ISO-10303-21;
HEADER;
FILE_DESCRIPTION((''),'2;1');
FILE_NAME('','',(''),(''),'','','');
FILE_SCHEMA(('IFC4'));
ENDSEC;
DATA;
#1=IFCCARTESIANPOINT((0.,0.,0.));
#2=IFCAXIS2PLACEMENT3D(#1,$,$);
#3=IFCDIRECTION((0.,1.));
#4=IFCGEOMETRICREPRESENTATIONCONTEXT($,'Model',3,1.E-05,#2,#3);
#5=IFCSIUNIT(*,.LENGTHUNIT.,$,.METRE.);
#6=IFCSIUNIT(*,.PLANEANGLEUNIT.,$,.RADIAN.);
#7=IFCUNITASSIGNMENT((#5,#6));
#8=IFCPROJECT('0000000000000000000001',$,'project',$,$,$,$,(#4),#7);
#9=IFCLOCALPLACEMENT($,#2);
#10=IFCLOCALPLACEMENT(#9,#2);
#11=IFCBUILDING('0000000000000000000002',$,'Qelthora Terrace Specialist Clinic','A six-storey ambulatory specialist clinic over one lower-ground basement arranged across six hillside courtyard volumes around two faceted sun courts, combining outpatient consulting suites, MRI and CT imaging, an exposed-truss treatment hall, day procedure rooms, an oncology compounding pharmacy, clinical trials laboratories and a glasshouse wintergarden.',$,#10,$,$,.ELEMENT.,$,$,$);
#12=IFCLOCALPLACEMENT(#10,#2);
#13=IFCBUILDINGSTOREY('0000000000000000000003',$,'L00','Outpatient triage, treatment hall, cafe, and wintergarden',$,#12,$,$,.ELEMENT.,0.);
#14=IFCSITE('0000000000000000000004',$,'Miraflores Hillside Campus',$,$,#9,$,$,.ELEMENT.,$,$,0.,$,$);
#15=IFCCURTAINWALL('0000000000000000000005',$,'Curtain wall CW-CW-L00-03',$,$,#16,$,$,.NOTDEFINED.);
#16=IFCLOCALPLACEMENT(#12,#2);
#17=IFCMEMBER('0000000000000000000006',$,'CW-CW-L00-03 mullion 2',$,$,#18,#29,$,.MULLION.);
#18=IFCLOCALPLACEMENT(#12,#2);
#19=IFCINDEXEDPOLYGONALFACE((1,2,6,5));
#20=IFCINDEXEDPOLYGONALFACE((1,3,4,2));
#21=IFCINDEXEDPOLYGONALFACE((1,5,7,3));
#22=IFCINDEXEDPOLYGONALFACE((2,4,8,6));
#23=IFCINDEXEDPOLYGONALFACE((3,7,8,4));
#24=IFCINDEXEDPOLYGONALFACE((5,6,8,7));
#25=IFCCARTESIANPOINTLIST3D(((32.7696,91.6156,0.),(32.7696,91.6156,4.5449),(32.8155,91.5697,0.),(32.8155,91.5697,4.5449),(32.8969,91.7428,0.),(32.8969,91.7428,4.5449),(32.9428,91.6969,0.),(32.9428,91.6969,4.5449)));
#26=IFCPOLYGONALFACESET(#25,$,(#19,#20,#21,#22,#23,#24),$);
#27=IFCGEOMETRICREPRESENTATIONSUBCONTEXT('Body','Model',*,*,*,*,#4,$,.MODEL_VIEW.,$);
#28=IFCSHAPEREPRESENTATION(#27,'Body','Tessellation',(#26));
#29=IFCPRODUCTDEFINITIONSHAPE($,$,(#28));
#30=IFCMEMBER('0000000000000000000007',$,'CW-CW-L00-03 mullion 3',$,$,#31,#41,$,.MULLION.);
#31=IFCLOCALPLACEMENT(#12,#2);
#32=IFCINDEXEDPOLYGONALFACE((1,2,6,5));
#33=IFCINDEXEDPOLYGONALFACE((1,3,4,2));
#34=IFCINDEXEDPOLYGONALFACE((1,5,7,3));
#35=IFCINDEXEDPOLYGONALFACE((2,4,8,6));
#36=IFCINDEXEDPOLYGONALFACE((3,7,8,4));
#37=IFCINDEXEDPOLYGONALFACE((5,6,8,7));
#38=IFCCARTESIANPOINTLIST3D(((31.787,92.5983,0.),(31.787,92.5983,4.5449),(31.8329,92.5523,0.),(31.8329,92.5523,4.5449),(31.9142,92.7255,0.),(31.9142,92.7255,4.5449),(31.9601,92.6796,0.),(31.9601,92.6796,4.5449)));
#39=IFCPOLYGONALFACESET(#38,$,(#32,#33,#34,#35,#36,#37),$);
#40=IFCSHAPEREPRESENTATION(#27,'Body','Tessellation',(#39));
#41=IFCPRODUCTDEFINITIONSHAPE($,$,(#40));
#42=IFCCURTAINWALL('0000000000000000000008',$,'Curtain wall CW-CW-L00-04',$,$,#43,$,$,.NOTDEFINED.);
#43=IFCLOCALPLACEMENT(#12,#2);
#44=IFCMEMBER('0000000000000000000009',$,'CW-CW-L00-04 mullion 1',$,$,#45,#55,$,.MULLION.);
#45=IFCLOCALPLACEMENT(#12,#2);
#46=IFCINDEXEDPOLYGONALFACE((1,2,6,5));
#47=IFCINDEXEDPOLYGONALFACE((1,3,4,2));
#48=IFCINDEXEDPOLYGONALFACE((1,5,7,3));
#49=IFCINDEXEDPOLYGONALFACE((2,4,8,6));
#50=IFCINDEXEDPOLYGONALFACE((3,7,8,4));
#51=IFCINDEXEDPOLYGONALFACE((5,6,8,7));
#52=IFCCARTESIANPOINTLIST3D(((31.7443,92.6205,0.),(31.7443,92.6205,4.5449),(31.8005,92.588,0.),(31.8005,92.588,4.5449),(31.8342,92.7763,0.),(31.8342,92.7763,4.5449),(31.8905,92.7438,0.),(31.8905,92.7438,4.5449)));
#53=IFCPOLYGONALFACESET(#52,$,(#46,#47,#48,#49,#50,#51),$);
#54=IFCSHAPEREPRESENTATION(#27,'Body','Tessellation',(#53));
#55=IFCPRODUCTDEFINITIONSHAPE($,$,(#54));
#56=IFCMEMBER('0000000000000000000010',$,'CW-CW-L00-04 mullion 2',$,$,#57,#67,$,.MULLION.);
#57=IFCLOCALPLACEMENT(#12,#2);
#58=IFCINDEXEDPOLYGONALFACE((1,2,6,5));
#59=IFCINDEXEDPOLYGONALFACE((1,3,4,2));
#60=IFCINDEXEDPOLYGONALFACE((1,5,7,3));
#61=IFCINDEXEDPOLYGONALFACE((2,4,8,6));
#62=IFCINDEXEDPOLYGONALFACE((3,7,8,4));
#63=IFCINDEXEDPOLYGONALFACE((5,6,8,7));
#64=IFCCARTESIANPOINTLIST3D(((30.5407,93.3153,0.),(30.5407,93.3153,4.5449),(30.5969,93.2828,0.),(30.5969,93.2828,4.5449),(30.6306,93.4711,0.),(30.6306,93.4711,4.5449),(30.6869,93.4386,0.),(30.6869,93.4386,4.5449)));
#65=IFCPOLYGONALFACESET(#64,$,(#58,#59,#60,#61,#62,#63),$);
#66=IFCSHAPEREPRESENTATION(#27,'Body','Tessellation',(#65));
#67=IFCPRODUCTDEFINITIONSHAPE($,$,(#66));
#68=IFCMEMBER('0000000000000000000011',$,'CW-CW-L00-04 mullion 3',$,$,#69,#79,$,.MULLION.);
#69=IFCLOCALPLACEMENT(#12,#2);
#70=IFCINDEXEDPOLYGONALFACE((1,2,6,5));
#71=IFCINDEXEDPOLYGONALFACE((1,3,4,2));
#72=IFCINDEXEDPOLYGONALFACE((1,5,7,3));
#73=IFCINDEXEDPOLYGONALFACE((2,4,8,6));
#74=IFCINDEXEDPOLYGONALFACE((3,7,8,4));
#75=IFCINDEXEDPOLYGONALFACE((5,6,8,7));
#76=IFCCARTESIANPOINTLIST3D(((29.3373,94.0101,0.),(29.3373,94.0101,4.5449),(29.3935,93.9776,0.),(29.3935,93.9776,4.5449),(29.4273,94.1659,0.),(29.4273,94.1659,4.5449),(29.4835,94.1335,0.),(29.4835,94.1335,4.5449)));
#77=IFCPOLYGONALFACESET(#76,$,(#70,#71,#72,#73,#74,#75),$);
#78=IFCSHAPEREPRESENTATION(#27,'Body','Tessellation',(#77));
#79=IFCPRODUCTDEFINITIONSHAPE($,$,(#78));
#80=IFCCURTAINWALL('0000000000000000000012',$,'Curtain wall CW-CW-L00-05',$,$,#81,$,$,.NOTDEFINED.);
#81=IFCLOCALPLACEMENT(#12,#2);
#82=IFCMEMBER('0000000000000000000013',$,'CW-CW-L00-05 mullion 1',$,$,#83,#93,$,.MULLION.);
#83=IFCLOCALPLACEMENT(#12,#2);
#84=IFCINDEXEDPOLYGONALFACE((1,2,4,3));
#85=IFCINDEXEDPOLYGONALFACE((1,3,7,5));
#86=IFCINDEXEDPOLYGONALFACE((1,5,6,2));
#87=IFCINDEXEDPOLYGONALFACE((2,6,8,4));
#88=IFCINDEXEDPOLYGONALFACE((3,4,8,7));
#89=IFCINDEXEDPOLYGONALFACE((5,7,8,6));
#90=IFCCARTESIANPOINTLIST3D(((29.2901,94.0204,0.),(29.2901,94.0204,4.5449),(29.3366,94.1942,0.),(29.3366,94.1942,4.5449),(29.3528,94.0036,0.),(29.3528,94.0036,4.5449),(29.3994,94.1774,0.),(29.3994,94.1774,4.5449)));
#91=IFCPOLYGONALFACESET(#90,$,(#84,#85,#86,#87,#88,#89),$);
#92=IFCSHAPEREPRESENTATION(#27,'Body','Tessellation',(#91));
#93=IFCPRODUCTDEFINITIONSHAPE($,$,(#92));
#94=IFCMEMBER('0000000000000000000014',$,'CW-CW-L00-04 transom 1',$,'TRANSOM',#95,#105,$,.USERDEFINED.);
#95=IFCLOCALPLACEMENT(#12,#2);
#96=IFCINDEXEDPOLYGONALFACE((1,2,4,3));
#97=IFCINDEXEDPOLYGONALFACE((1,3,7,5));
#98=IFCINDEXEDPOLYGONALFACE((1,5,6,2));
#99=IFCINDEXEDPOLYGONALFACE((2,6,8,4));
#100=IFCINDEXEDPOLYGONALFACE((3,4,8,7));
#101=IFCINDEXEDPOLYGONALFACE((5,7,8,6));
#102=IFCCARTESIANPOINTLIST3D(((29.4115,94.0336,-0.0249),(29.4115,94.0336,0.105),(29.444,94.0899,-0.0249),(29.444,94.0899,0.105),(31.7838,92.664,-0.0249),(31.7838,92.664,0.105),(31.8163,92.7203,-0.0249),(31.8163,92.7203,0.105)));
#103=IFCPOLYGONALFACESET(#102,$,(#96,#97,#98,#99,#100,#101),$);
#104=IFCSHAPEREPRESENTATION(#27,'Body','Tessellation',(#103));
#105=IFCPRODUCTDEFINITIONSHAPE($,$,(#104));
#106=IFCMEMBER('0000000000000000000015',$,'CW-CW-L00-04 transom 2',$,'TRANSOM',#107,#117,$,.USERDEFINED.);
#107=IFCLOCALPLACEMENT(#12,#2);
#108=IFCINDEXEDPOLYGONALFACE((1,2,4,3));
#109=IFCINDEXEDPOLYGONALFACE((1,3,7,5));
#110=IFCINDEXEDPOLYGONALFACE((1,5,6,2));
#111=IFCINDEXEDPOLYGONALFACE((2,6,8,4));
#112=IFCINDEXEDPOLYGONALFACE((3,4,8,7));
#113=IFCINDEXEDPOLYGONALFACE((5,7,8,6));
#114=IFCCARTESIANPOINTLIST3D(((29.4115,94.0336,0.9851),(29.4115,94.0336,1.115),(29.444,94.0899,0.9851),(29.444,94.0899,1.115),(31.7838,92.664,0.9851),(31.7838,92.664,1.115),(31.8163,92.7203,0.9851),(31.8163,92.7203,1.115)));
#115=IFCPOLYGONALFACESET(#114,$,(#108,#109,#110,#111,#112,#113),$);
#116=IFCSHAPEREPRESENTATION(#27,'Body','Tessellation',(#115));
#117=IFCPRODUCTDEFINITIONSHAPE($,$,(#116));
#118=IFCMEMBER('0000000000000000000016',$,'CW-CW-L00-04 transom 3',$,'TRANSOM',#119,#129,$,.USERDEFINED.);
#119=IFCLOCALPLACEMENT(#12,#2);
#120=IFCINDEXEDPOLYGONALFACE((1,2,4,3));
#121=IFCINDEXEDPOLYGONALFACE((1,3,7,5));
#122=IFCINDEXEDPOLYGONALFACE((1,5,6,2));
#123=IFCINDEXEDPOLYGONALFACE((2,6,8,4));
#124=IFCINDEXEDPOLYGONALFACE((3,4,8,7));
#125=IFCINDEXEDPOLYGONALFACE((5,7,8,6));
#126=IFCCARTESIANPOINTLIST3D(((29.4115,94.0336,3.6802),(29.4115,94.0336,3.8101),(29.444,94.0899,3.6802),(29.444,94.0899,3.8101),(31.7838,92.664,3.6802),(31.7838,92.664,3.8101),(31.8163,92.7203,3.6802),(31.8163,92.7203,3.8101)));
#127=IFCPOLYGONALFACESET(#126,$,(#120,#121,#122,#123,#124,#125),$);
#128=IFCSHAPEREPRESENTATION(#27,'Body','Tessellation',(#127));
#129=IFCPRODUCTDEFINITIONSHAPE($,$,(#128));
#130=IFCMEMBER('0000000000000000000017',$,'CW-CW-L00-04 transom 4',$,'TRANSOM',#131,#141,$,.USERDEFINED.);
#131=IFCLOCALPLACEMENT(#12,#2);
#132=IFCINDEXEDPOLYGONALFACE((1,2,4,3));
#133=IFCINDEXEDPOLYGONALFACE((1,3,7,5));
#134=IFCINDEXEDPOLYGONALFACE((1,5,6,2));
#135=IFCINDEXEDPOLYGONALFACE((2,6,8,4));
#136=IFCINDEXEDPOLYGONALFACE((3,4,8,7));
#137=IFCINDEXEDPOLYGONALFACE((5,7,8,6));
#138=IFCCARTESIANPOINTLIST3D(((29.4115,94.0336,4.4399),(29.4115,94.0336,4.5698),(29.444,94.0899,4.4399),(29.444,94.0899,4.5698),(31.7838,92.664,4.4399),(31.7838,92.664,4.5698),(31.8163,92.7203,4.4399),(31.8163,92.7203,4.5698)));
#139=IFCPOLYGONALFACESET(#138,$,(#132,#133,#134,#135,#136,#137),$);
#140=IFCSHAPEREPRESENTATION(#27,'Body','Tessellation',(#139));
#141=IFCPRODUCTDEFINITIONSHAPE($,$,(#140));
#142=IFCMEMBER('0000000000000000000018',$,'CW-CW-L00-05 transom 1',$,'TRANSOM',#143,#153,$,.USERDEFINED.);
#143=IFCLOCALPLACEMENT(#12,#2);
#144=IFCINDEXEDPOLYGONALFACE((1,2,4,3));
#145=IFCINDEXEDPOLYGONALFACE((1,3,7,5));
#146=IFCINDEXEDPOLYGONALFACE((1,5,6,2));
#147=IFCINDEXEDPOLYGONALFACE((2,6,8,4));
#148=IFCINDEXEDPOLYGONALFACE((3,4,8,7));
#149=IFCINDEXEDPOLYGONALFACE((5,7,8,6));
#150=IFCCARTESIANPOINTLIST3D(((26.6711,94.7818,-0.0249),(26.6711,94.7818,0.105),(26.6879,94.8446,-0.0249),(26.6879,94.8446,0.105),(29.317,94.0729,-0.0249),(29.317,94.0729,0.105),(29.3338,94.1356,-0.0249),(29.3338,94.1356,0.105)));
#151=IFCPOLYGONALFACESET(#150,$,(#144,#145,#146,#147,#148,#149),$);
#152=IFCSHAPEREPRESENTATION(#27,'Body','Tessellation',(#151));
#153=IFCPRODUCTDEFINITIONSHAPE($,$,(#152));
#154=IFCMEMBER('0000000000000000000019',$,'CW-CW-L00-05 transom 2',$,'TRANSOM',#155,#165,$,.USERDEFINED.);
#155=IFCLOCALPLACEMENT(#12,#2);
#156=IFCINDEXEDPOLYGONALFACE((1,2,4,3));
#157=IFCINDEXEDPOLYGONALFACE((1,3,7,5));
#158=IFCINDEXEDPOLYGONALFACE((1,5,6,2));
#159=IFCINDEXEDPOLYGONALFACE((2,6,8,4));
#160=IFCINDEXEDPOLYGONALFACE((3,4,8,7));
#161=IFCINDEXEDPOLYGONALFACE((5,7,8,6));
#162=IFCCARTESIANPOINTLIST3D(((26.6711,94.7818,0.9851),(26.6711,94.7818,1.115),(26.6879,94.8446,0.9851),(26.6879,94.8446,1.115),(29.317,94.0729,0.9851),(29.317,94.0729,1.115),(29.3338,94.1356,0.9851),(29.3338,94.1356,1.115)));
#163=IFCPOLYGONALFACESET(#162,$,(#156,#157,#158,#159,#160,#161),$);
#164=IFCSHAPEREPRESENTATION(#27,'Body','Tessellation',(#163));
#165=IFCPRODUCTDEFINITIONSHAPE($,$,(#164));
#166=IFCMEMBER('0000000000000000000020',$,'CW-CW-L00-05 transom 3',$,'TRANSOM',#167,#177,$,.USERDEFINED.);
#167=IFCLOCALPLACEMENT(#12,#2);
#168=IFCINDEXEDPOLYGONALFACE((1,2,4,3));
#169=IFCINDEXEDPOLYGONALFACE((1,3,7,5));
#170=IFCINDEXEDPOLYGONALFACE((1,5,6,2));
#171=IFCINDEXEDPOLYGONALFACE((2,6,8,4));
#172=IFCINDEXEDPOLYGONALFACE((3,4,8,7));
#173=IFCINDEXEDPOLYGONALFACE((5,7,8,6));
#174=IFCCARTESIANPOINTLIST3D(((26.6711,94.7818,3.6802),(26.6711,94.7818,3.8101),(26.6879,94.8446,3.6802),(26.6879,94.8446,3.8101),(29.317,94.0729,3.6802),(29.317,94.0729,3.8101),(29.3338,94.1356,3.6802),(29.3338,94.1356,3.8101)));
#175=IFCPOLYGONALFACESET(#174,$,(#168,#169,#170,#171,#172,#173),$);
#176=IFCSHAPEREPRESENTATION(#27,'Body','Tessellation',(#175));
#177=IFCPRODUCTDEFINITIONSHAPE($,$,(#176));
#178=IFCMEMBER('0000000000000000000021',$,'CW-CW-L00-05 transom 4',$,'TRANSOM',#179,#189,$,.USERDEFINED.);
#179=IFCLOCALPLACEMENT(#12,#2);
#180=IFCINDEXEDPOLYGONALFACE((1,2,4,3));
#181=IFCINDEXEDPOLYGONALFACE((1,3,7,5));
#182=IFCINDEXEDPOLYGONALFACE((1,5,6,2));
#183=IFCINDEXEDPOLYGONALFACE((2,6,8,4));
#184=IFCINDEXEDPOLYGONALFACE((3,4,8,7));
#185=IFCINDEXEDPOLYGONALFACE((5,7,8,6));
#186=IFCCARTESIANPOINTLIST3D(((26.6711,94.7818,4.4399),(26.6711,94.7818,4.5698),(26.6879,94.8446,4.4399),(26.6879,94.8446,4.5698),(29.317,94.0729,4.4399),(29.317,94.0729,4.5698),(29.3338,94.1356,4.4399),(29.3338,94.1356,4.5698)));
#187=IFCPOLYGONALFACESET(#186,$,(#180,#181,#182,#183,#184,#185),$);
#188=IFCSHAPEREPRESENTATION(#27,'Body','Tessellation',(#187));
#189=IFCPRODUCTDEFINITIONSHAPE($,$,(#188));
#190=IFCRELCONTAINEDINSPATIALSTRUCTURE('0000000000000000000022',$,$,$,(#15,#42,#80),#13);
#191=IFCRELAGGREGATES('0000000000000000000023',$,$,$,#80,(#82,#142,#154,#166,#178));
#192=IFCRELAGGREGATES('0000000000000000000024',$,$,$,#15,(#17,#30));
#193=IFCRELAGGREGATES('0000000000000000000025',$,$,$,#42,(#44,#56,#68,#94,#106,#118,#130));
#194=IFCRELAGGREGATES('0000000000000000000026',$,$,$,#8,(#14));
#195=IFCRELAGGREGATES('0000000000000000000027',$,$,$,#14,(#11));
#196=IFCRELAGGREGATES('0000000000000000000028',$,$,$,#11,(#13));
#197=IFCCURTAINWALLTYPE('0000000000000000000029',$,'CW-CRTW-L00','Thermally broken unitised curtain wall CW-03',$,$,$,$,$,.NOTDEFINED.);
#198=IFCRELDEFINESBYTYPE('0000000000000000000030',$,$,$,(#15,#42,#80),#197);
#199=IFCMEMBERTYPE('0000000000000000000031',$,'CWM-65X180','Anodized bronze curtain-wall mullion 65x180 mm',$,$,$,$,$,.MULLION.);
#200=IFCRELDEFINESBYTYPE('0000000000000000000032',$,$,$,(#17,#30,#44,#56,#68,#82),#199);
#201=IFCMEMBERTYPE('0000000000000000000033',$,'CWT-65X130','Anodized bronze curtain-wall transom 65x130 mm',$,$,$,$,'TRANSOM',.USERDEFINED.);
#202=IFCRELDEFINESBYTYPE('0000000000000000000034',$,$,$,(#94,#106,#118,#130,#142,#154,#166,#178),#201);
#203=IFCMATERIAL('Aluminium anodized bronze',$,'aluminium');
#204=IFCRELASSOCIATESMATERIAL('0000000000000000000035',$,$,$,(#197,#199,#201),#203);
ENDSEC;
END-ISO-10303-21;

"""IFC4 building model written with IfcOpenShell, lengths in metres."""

from ifc_helpers import new_model, si_unit, direction, frame, origin, origin_2d, place, context, subcontext, project, spatial, rectangle, extrude, material, material_profile, profile_set, type_object, element, aggregate, save


model = new_model("IFC4")

# Units and contexts
model_context = context("Model", 3, precision=1e-05, world=origin(), true_north=direction((0.0, 1.0)))
body_context = subcontext(model_context, "Body", "Model", "MODEL_VIEW")
ifc_project = project(units=[si_unit("LENGTHUNIT", "METRE"), si_unit("PLANEANGLEUNIT", "RADIAN")], contexts=[model_context])

# Site, building, storey
site_placement = place(None, origin())
site = spatial("IfcSite", under=ifc_project, at=site_placement, Name="Miraflores Hillside Campus", CompositionType="ELEMENT", RefElevation=0.0)
building_placement = place(site_placement, origin())
building = spatial("IfcBuilding", under=site, at=building_placement, Name="Qelthora Terrace Specialist Clinic", Description="A six-storey ambulatory specialist clinic over one lower-ground basement arranged across six hillside courtyard volumes around two faceted sun courts, combining outpatient consulting suites, MRI and CT imaging, an exposed-truss treatment hall, day procedure rooms, an oncology compounding pharmacy, clinical trials laboratories and a glasshouse wintergarden.", CompositionType="ELEMENT")
storey_placement = place(building_placement, origin())
storey = spatial("IfcBuildingStorey", under=building, at=storey_placement, Name="L00", Description="Outpatient triage, treatment hall, cafe, and wintergarden", CompositionType="ELEMENT", Elevation=0.0)

# Curtain walls, members
ifc_material_1 = material(Name="Aluminium anodized bronze", Category="aluminium")
curtain_wall_type = type_object("IfcCurtainWallType", Name="CW-CRTW-L00", Description="Thermally broken unitised curtain wall CW-03", PredefinedType="NOTDEFINED", material=ifc_material_1)
curtain_wall_1_placement = place(storey_placement, origin())
curtain_wall_1 = element("IfcCurtainWall", 1, at=curtain_wall_1_placement, inside=storey, type_object=curtain_wall_type, Name="Curtain wall CW-CW-L00-03", PredefinedType="NOTDEFINED")
ifc_material_profile_1 = material_profile(ifc_material_1, rectangle(XDim=0.0649, YDim=0.1799, at=origin_2d()), Name="CWM65X180")
ifc_profile_set_1 = profile_set([ifc_material_profile_1], Name="Aluminium anodized bronze")
member_type_1 = type_object("IfcMemberType", Name="CWM-65X180", Description="Anodized bronze curtain-wall mullion 65x180 mm", PredefinedType="MULLION", material=ifc_profile_set_1)
member_1_placement = place(storey_placement, frame((32.8562, 91.6562, 0.0), z_axis=(0.0, 0.0, 1.0), x_axis=(-0.707107, 0.707107, 0.0)))
member_1 = element("IfcMember", 2, at=member_1_placement, type_object=member_type_1, Name="CW-CW-L00-03 mullion 2", PredefinedType="MULLION", context=body_context, shape_type="SweptSolid", body=[
    extrude(rectangle(XDim=0.0649, YDim=0.1799, at=origin_2d()), origin(), (0.0, 0.0, 1.0), 4.5449),
])
member_2_placement = place(storey_placement, frame((31.8735, 92.6389, 0.0), z_axis=(0.0, 0.0, 1.0), x_axis=(-0.707107, 0.707107, 0.0)))
member_2 = element("IfcMember", 3, at=member_2_placement, type_object=member_type_1, Name="CW-CW-L00-03 mullion 3", PredefinedType="MULLION", context=body_context, shape_type="SweptSolid", body=[
    extrude(rectangle(XDim=0.0649, YDim=0.1799, at=origin_2d()), origin(), (0.0, 0.0, 1.0), 4.5449),
])
curtain_wall_2_placement = place(storey_placement, origin())
curtain_wall_2 = element("IfcCurtainWall", 4, at=curtain_wall_2_placement, inside=storey, type_object=curtain_wall_type, Name="Curtain wall CW-CW-L00-04", PredefinedType="NOTDEFINED")
member_3_placement = place(storey_placement, frame((31.8174, 92.6821, 0.0), z_axis=(0.0, 0.0, 1.0), x_axis=(-0.866026, 0.5, 0.0)))
member_3 = element("IfcMember", 5, at=member_3_placement, type_object=member_type_1, Name="CW-CW-L00-04 mullion 1", PredefinedType="MULLION", context=body_context, shape_type="SweptSolid", body=[
    extrude(rectangle(XDim=0.0649, YDim=0.1799, at=origin_2d()), origin(), (0.0, 0.0, 1.0), 4.5449),
])
member_4_placement = place(storey_placement, frame((30.6138, 93.377, 0.0), z_axis=(0.0, 0.0, 1.0), x_axis=(-0.866026, 0.5, 0.0)))
member_4 = element("IfcMember", 6, at=member_4_placement, type_object=member_type_1, Name="CW-CW-L00-04 mullion 2", PredefinedType="MULLION", context=body_context, shape_type="SweptSolid", body=[
    extrude(rectangle(XDim=0.0649, YDim=0.1799, at=origin_2d()), origin(), (0.0, 0.0, 1.0), 4.5449),
])
member_5_placement = place(storey_placement, frame((29.4104, 94.0718, 0.0), z_axis=(0.0, 0.0, 1.0), x_axis=(-0.866026, 0.5, 0.0)))
member_5 = element("IfcMember", 7, at=member_5_placement, type_object=member_type_1, Name="CW-CW-L00-04 mullion 3", PredefinedType="MULLION", context=body_context, shape_type="SweptSolid", body=[
    extrude(rectangle(XDim=0.0649, YDim=0.1799, at=origin_2d()), origin(), (0.0, 0.0, 1.0), 4.5449),
])

# Curtain wall, member
curtain_wall_3_placement = place(storey_placement, origin())
curtain_wall_3 = element("IfcCurtainWall", 8, at=curtain_wall_3_placement, inside=storey, type_object=curtain_wall_type, Name="Curtain wall CW-CW-L00-05", PredefinedType="NOTDEFINED")
member_6_placement = place(storey_placement, frame((29.3447, 94.0989, 0.0), z_axis=(0.0, 0.0, 1.0), x_axis=(-0.965925, 0.25882, 0.0)))
member_6 = element("IfcMember", 9, at=member_6_placement, type_object=member_type_1, Name="CW-CW-L00-05 mullion 1", PredefinedType="MULLION", context=body_context, shape_type="SweptSolid", body=[
    extrude(rectangle(XDim=0.0649, YDim=0.1799, at=origin_2d()), origin(), (0.0, 0.0, 1.0), 4.5449),
])

# Members
ifc_material_profile_2 = material_profile(ifc_material_1, rectangle(XDim=0.0649, YDim=0.1299, at=origin_2d()), Name="CWT65X130")
ifc_profile_set_2 = profile_set([ifc_material_profile_2], Name="Aluminium anodized bronze")
member_type_2 = type_object("IfcMemberType", Name="CWT-65X130", Description="Anodized bronze curtain-wall transom 65x130 mm", ElementType="TRANSOM", PredefinedType="USERDEFINED", material=ifc_profile_set_2)
member_7_placement = place(storey_placement, frame((31.8, 92.6921, 0.04), z_axis=(-0.86603, 0.499992, 0.0), x_axis=(-0.499992, -0.86603, 0.0)))
member_7 = element("IfcMember", 10, at=member_7_placement, type_object=member_type_2, Name="CW-CW-L00-04 transom 1", ObjectType="TRANSOM", PredefinedType="USERDEFINED", context=body_context, shape_type="SweptSolid", body=[
    extrude(rectangle(XDim=0.0649, YDim=0.1299, at=origin_2d()), origin(), (0.0, 0.0, 1.0), 2.7393),
])
member_8_placement = place(storey_placement, frame((31.8, 92.6921, 1.05), z_axis=(-0.86603, 0.499992, 0.0), x_axis=(-0.499992, -0.86603, 0.0)))
member_8 = element("IfcMember", 11, at=member_8_placement, type_object=member_type_2, Name="CW-CW-L00-04 transom 2", ObjectType="TRANSOM", PredefinedType="USERDEFINED", context=body_context, shape_type="SweptSolid", body=[
    extrude(rectangle(XDim=0.0649, YDim=0.1299, at=origin_2d()), origin(), (0.0, 0.0, 1.0), 2.7393),
])
member_9_placement = place(storey_placement, frame((31.8, 92.6921, 3.7451), z_axis=(-0.86603, 0.499992, 0.0), x_axis=(-0.499992, -0.86603, 0.0)))
member_9 = element("IfcMember", 12, at=member_9_placement, type_object=member_type_2, Name="CW-CW-L00-04 transom 3", ObjectType="TRANSOM", PredefinedType="USERDEFINED", context=body_context, shape_type="SweptSolid", body=[
    extrude(rectangle(XDim=0.0649, YDim=0.1299, at=origin_2d()), origin(), (0.0, 0.0, 1.0), 2.7393),
])
member_10_placement = place(storey_placement, frame((31.8, 92.6921, 4.5049), z_axis=(-0.86603, 0.499992, 0.0), x_axis=(-0.499992, -0.86603, 0.0)))
member_10 = element("IfcMember", 13, at=member_10_placement, type_object=member_type_2, Name="CW-CW-L00-04 transom 4", ObjectType="TRANSOM", PredefinedType="USERDEFINED", context=body_context, shape_type="SweptSolid", body=[
    extrude(rectangle(XDim=0.0649, YDim=0.1299, at=origin_2d()), origin(), (0.0, 0.0, 1.0), 2.7393),
])
member_11_placement = place(storey_placement, frame((29.3254, 94.1042, 0.04), z_axis=(-0.965927, 0.258816, 0.0), x_axis=(-0.258816, -0.965927, 0.0)))
member_11 = element("IfcMember", 14, at=member_11_placement, type_object=member_type_2, Name="CW-CW-L00-05 transom 1", ObjectType="TRANSOM", PredefinedType="USERDEFINED", context=body_context, shape_type="SweptSolid", body=[
    extrude(rectangle(XDim=0.0649, YDim=0.1299, at=origin_2d()), origin(), (0.0, 0.0, 1.0), 2.7393),
])
member_12_placement = place(storey_placement, frame((29.3254, 94.1042, 1.05), z_axis=(-0.965927, 0.258816, 0.0), x_axis=(-0.258816, -0.965927, 0.0)))
member_12 = element("IfcMember", 15, at=member_12_placement, type_object=member_type_2, Name="CW-CW-L00-05 transom 2", ObjectType="TRANSOM", PredefinedType="USERDEFINED", context=body_context, shape_type="SweptSolid", body=[
    extrude(rectangle(XDim=0.0649, YDim=0.1299, at=origin_2d()), origin(), (0.0, 0.0, 1.0), 2.7393),
])
member_13_placement = place(storey_placement, frame((29.3254, 94.1042, 3.7451), z_axis=(-0.965927, 0.258816, 0.0), x_axis=(-0.258816, -0.965927, 0.0)))
member_13 = element("IfcMember", 16, at=member_13_placement, type_object=member_type_2, Name="CW-CW-L00-05 transom 3", ObjectType="TRANSOM", PredefinedType="USERDEFINED", context=body_context, shape_type="SweptSolid", body=[
    extrude(rectangle(XDim=0.0649, YDim=0.1299, at=origin_2d()), origin(), (0.0, 0.0, 1.0), 2.7393),
])
member_14_placement = place(storey_placement, frame((29.3254, 94.1042, 4.5049), z_axis=(-0.965927, 0.258816, 0.0), x_axis=(-0.258816, -0.965927, 0.0)))
member_14 = element("IfcMember", 17, at=member_14_placement, type_object=member_type_2, Name="CW-CW-L00-05 transom 4", ObjectType="TRANSOM", PredefinedType="USERDEFINED", context=body_context, shape_type="SweptSolid", body=[
    extrude(rectangle(XDim=0.0649, YDim=0.1299, at=origin_2d()), origin(), (0.0, 0.0, 1.0), 2.7393),
])
aggregate(curtain_wall_3, [member_6, member_11, member_12, member_13, member_14])

aggregate(curtain_wall_1, [member_1, member_2])
aggregate(curtain_wall_2, [member_3, member_4, member_5, member_7, member_8, member_9, member_10])

save(model, "model.ifc")
